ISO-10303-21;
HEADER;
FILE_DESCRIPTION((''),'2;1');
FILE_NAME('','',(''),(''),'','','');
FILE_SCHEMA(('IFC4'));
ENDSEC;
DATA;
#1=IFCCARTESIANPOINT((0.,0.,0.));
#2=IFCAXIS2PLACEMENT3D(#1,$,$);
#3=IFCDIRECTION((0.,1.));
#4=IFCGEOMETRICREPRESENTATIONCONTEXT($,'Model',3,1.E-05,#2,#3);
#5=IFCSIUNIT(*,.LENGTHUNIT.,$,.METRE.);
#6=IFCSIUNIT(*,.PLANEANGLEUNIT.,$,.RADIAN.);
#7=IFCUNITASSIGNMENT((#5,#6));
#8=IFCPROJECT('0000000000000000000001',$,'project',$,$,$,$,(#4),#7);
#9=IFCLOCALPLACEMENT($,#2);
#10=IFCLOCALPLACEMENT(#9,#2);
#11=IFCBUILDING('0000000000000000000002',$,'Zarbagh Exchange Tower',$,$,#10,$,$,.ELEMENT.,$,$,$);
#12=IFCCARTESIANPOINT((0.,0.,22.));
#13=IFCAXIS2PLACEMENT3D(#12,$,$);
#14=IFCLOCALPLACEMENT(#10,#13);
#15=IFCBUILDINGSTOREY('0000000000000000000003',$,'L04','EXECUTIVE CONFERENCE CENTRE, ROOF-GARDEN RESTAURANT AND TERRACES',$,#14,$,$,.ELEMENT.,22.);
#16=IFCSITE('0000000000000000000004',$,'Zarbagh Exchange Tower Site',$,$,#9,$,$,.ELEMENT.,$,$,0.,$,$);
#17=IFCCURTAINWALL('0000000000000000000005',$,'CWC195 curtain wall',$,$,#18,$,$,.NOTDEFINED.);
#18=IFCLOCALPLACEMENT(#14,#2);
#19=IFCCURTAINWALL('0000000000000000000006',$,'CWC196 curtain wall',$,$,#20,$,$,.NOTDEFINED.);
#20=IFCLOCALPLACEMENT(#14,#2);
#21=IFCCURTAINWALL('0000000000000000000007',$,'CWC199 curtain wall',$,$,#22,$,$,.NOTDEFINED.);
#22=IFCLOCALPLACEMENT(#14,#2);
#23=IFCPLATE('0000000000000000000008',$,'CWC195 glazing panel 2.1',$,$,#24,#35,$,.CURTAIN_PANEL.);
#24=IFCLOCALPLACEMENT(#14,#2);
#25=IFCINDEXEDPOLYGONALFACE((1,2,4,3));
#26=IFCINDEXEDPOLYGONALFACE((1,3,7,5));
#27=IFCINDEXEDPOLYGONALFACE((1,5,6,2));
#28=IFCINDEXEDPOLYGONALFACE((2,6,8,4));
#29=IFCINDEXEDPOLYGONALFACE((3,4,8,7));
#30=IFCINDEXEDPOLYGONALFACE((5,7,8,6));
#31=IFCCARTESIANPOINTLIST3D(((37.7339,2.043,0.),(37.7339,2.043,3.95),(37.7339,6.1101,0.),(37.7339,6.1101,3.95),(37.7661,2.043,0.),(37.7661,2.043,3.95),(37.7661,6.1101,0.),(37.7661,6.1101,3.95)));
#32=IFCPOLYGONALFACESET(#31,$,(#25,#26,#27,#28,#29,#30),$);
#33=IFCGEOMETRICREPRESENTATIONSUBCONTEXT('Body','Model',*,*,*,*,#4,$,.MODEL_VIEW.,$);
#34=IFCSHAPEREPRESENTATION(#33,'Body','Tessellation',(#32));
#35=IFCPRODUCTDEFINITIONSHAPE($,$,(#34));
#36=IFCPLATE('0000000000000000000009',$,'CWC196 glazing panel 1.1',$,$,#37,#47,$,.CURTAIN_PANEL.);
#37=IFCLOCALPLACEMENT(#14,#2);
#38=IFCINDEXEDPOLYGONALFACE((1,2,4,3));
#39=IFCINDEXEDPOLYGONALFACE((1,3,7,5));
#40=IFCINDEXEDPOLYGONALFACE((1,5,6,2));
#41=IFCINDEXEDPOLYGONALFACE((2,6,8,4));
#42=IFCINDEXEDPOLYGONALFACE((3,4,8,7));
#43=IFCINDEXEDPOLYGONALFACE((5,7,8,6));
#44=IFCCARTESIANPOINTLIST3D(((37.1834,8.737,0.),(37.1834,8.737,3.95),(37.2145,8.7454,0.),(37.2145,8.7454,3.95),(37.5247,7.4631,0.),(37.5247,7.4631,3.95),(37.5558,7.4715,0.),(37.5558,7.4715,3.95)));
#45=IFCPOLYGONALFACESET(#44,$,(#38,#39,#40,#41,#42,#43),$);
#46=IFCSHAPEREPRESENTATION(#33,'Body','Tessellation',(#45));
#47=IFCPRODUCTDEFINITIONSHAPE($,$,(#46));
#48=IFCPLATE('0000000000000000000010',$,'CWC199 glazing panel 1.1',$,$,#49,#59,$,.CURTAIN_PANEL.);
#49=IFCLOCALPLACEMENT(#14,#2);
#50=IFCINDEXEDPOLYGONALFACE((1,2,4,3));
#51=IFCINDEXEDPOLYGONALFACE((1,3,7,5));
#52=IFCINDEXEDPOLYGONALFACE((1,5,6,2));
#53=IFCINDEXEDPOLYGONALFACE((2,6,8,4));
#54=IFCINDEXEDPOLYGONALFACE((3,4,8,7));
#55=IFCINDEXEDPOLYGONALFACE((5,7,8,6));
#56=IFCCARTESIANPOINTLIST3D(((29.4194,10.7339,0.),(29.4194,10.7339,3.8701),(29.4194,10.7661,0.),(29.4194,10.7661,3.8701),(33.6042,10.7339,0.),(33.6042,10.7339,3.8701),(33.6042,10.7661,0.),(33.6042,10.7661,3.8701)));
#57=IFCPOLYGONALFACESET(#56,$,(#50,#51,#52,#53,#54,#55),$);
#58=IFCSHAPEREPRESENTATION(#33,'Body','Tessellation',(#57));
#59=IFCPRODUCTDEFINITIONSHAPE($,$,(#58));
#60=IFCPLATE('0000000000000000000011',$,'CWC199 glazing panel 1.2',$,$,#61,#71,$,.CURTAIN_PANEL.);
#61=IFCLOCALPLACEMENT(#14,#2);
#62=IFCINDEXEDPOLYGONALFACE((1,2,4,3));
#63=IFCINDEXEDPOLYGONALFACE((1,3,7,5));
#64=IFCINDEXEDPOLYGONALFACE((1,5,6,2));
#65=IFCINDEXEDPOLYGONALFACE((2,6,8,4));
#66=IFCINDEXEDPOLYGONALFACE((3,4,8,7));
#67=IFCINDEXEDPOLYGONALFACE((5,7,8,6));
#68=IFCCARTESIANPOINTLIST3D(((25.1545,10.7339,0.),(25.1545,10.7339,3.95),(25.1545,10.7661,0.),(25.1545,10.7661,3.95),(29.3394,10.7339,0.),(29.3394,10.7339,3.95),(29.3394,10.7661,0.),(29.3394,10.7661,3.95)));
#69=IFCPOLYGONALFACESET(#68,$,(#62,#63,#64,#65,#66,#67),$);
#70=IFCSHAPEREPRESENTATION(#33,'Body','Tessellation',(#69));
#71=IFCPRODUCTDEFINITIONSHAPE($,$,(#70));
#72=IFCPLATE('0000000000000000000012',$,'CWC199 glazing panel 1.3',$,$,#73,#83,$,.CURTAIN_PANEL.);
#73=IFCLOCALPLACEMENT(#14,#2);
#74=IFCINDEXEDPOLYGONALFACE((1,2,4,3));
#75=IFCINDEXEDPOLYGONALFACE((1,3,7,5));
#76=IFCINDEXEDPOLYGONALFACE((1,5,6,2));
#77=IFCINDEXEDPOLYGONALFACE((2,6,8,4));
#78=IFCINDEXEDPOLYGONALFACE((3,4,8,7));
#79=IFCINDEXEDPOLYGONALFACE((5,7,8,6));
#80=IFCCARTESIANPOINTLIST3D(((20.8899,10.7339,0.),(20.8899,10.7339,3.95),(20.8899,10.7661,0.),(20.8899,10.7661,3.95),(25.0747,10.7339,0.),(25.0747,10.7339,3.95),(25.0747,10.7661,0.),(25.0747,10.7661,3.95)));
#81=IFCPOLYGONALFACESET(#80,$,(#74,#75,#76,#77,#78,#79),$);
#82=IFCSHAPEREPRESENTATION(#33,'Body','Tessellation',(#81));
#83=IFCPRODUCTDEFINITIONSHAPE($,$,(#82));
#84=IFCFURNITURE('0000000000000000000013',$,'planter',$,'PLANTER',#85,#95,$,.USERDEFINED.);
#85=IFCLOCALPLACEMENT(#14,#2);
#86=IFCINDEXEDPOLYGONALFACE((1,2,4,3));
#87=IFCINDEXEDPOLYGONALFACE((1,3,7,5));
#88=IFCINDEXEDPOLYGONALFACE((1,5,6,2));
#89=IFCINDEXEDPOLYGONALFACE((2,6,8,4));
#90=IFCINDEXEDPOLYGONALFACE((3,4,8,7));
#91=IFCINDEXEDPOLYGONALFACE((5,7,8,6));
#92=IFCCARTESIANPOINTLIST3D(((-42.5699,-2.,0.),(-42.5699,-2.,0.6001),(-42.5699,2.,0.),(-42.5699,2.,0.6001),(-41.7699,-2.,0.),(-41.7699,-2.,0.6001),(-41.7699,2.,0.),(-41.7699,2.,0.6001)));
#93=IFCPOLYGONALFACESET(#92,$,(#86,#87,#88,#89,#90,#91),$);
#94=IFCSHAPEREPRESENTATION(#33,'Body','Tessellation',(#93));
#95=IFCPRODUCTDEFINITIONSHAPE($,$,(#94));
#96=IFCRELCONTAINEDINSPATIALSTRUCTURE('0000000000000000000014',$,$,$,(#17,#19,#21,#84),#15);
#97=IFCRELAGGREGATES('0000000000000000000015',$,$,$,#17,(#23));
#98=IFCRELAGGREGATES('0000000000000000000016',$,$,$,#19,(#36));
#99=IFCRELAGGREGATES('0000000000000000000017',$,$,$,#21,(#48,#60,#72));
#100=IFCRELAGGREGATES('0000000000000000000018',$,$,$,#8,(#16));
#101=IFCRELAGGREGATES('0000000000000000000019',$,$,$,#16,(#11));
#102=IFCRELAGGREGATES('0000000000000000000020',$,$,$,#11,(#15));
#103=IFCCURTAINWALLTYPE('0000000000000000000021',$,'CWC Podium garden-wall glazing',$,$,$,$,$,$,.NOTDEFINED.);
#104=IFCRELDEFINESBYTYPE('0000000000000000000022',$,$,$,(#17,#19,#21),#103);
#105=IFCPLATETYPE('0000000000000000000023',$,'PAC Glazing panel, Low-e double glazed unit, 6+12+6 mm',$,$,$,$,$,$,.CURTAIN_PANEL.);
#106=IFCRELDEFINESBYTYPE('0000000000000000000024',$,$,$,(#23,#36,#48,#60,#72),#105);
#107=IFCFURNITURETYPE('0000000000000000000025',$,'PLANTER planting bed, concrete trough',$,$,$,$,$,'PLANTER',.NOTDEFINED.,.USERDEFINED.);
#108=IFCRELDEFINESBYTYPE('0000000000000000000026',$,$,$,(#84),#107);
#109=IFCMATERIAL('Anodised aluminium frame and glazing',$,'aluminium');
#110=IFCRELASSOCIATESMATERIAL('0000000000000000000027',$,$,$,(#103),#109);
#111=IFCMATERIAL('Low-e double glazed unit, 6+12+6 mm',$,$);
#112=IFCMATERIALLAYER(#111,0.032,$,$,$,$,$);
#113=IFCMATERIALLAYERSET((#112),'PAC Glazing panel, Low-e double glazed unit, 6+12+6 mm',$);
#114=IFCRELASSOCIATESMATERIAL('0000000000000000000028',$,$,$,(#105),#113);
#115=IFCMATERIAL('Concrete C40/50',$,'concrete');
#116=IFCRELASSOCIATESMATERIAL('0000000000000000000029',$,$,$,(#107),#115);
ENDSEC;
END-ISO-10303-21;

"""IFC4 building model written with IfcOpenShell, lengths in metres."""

from ifc_helpers import new_model, si_unit, direction, frame, origin, origin_2d, place, context, subcontext, project, spatial, polyline, rectangle, outline, extrude, source, transform, mapped, material, layer, layer_set, type_object, element, aggregate, save


model = new_model("IFC4")

# Units and contexts
model_context = context("Model", 3, precision=1e-05, world=origin(), true_north=direction((0.0, 1.0)))
body_context = subcontext(model_context, "Body", "Model", "MODEL_VIEW")
ifc_project = project(units=[si_unit("LENGTHUNIT", "METRE"), si_unit("PLANEANGLEUNIT", "RADIAN")], contexts=[model_context])

# Site, building, storey
site_placement = place(None, origin())
site = spatial("IfcSite", under=ifc_project, at=site_placement, Name="Zarbagh Exchange Tower Site", CompositionType="ELEMENT", RefElevation=0.0)
building_placement = place(site_placement, origin())
building = spatial("IfcBuilding", under=site, at=building_placement, Name="Zarbagh Exchange Tower", CompositionType="ELEMENT")
storey_placement = place(building_placement, frame((0.0, 0.0, 22.0)))
storey = spatial("IfcBuildingStorey", under=building, at=storey_placement, Name="L04", Description="EXECUTIVE CONFERENCE CENTRE, ROOF-GARDEN RESTAURANT AND TERRACES", CompositionType="ELEMENT", Elevation=22.0)

# Curtain wall
ifc_material_1 = material(Name="Anodised aluminium frame and glazing", Category="aluminium")
curtain_wall_type = type_object("IfcCurtainWallType", Name="CWC Podium garden-wall glazing", PredefinedType="NOTDEFINED", material=ifc_material_1)
curtain_wall_1_placement = place(storey_placement, origin())
curtain_wall_1 = element("IfcCurtainWall", 1, at=curtain_wall_1_placement, inside=storey, type_object=curtain_wall_type, Name="CWC195 curtain wall", PredefinedType="NOTDEFINED")
placement = place(storey_placement, origin())

# Curtain wall
curtain_wall_2_placement = place(storey_placement, origin())
curtain_wall_2 = element("IfcCurtainWall", 2, at=curtain_wall_2_placement, inside=storey, type_object=curtain_wall_type, Name="CWC196 curtain wall", PredefinedType="NOTDEFINED")

# Curtain wall
curtain_wall_3_placement = place(storey_placement, origin())
curtain_wall_3 = element("IfcCurtainWall", 3, at=curtain_wall_3_placement, inside=storey, type_object=curtain_wall_type, Name="CWC199 curtain wall", PredefinedType="NOTDEFINED")

# Shared definitions
ifc_material_2 = material(Name="Low-e double glazed unit, 6+12+6 mm")
ifc_layer = layer(ifc_material_2, 0.032)
ifc_layer_set = layer_set([ifc_layer], Name="PAC Glazing panel, Low-e double glazed unit, 6+12+6 mm")
plate_type = type_object("IfcPlateType", Name="PAC Glazing panel, Low-e double glazed unit, 6+12+6 mm", PredefinedType="CURTAIN_PANEL", material=ifc_layer_set)

# Plates
shared_shape_1 = source(origin(), body_context, "Body", "SweptSolid", [
    extrude(outline(polyline([(0.0, -0.0161), (4.0671, -0.0161), (4.0671, 0.0161), (0.0, 0.0161), (0.0, -0.0161)])), origin(), (0.0, 0.0, 1.0), 3.95),
])
plate_1 = element("IfcPlate", 4, at=placement, type_object=plate_type, Name="CWC195 glazing panel 2.1", PredefinedType="CURTAIN_PANEL", context=body_context, shape_type="MappedRepresentation", body=[
    mapped(shared_shape_1, transform((37.75, 2.043, 0.0), x_axis=(0.0, 1.0, 0.0), y_axis=(-1.0, 0.0, 0.0), z_axis=(0.0, 0.0, 1.0))),
])
aggregate(curtain_wall_1, [plate_1])
shared_shape_2 = source(origin(), body_context, "Body", "SweptSolid", [
    extrude(outline(polyline([(0.0, -0.0161), (1.3188, -0.0161), (1.3188, 0.0161), (0.0, 0.0161), (0.0, -0.0161)])), origin(), (0.0, 0.0, 1.0), 3.95),
])
plate_2 = element("IfcPlate", 5, at=placement, type_object=plate_type, Name="CWC196 glazing panel 1.1", PredefinedType="CURTAIN_PANEL", context=body_context, shape_type="MappedRepresentation", body=[
    mapped(shared_shape_2, transform((37.5403, 7.4673, 0.0), x_axis=(-0.258825, 0.965924, 0.0), y_axis=(-0.965924, -0.258825, 0.0), z_axis=(0.0, 0.0, 1.0))),
])
aggregate(curtain_wall_2, [plate_2])
shared_shape_3 = source(origin(), body_context, "Body", "SweptSolid", [
    extrude(outline(polyline([(0.0, -0.0161), (4.1848, -0.0161), (4.1848, 0.0161), (0.0, 0.0161), (0.0, -0.0161)])), origin(), (0.0, 0.0, 1.0), 3.8701),
])
plate_3 = element("IfcPlate", 6, at=placement, type_object=plate_type, Name="CWC199 glazing panel 1.1", PredefinedType="CURTAIN_PANEL", context=body_context, shape_type="MappedRepresentation", body=[
    mapped(shared_shape_3, transform((33.6042, 10.75, 0.0), x_axis=(-1.0, 0.0, 0.0), y_axis=(0.0, -1.0, 0.0), z_axis=(0.0, 0.0, 1.0))),
])
shared_shape_4 = source(origin(), body_context, "Body", "SweptSolid", [
    extrude(outline(polyline([(0.0, -0.0161), (4.1848, -0.0161), (4.1848, 0.0161), (0.0, 0.0161), (0.0, -0.0161)])), origin(), (0.0, 0.0, 1.0), 3.95),
])
plate_4 = element("IfcPlate", 7, at=placement, type_object=plate_type, Name="CWC199 glazing panel 1.2", PredefinedType="CURTAIN_PANEL", context=body_context, shape_type="MappedRepresentation", body=[
    mapped(shared_shape_4, transform((29.3394, 10.75, 0.0), x_axis=(-1.0, 0.0, 0.0), y_axis=(0.0, -1.0, 0.0), z_axis=(0.0, 0.0, 1.0))),
])
plate_5 = element("IfcPlate", 8, at=placement, type_object=plate_type, Name="CWC199 glazing panel 1.3", PredefinedType="CURTAIN_PANEL", context=body_context, shape_type="MappedRepresentation", body=[
    mapped(shared_shape_4, transform((25.0747, 10.75, 0.0), x_axis=(-1.0, 0.0, 0.0), y_axis=(0.0, -1.0, 0.0), z_axis=(0.0, 0.0, 1.0))),
])
aggregate(curtain_wall_3, [plate_3, plate_4, plate_5])

# Furniture
ifc_material_3 = material(Name="Concrete C40/50", Category="concrete")
furniture_type = type_object("IfcFurnitureType", Name="PLANTER planting bed, concrete trough", ElementType="PLANTER", AssemblyPlace="NOTDEFINED", PredefinedType="USERDEFINED", material=ifc_material_3)
furniture_placement = place(storey_placement, frame((-42.1699, 0.0, 0.0), z_axis=(0.0, 0.0, 1.0), x_axis=(0.0, 1.0, 0.0)))
element("IfcFurniture", 9, at=furniture_placement, inside=storey, type_object=furniture_type, Name="planter", ObjectType="PLANTER", PredefinedType="USERDEFINED", context=body_context, shape_type="SweptSolid", body=[
    extrude(rectangle(XDim=4.0, YDim=0.8, at=origin_2d()), origin(), (0.0, 0.0, 1.0), 0.6001),
])

save(model, "model.ifc")
